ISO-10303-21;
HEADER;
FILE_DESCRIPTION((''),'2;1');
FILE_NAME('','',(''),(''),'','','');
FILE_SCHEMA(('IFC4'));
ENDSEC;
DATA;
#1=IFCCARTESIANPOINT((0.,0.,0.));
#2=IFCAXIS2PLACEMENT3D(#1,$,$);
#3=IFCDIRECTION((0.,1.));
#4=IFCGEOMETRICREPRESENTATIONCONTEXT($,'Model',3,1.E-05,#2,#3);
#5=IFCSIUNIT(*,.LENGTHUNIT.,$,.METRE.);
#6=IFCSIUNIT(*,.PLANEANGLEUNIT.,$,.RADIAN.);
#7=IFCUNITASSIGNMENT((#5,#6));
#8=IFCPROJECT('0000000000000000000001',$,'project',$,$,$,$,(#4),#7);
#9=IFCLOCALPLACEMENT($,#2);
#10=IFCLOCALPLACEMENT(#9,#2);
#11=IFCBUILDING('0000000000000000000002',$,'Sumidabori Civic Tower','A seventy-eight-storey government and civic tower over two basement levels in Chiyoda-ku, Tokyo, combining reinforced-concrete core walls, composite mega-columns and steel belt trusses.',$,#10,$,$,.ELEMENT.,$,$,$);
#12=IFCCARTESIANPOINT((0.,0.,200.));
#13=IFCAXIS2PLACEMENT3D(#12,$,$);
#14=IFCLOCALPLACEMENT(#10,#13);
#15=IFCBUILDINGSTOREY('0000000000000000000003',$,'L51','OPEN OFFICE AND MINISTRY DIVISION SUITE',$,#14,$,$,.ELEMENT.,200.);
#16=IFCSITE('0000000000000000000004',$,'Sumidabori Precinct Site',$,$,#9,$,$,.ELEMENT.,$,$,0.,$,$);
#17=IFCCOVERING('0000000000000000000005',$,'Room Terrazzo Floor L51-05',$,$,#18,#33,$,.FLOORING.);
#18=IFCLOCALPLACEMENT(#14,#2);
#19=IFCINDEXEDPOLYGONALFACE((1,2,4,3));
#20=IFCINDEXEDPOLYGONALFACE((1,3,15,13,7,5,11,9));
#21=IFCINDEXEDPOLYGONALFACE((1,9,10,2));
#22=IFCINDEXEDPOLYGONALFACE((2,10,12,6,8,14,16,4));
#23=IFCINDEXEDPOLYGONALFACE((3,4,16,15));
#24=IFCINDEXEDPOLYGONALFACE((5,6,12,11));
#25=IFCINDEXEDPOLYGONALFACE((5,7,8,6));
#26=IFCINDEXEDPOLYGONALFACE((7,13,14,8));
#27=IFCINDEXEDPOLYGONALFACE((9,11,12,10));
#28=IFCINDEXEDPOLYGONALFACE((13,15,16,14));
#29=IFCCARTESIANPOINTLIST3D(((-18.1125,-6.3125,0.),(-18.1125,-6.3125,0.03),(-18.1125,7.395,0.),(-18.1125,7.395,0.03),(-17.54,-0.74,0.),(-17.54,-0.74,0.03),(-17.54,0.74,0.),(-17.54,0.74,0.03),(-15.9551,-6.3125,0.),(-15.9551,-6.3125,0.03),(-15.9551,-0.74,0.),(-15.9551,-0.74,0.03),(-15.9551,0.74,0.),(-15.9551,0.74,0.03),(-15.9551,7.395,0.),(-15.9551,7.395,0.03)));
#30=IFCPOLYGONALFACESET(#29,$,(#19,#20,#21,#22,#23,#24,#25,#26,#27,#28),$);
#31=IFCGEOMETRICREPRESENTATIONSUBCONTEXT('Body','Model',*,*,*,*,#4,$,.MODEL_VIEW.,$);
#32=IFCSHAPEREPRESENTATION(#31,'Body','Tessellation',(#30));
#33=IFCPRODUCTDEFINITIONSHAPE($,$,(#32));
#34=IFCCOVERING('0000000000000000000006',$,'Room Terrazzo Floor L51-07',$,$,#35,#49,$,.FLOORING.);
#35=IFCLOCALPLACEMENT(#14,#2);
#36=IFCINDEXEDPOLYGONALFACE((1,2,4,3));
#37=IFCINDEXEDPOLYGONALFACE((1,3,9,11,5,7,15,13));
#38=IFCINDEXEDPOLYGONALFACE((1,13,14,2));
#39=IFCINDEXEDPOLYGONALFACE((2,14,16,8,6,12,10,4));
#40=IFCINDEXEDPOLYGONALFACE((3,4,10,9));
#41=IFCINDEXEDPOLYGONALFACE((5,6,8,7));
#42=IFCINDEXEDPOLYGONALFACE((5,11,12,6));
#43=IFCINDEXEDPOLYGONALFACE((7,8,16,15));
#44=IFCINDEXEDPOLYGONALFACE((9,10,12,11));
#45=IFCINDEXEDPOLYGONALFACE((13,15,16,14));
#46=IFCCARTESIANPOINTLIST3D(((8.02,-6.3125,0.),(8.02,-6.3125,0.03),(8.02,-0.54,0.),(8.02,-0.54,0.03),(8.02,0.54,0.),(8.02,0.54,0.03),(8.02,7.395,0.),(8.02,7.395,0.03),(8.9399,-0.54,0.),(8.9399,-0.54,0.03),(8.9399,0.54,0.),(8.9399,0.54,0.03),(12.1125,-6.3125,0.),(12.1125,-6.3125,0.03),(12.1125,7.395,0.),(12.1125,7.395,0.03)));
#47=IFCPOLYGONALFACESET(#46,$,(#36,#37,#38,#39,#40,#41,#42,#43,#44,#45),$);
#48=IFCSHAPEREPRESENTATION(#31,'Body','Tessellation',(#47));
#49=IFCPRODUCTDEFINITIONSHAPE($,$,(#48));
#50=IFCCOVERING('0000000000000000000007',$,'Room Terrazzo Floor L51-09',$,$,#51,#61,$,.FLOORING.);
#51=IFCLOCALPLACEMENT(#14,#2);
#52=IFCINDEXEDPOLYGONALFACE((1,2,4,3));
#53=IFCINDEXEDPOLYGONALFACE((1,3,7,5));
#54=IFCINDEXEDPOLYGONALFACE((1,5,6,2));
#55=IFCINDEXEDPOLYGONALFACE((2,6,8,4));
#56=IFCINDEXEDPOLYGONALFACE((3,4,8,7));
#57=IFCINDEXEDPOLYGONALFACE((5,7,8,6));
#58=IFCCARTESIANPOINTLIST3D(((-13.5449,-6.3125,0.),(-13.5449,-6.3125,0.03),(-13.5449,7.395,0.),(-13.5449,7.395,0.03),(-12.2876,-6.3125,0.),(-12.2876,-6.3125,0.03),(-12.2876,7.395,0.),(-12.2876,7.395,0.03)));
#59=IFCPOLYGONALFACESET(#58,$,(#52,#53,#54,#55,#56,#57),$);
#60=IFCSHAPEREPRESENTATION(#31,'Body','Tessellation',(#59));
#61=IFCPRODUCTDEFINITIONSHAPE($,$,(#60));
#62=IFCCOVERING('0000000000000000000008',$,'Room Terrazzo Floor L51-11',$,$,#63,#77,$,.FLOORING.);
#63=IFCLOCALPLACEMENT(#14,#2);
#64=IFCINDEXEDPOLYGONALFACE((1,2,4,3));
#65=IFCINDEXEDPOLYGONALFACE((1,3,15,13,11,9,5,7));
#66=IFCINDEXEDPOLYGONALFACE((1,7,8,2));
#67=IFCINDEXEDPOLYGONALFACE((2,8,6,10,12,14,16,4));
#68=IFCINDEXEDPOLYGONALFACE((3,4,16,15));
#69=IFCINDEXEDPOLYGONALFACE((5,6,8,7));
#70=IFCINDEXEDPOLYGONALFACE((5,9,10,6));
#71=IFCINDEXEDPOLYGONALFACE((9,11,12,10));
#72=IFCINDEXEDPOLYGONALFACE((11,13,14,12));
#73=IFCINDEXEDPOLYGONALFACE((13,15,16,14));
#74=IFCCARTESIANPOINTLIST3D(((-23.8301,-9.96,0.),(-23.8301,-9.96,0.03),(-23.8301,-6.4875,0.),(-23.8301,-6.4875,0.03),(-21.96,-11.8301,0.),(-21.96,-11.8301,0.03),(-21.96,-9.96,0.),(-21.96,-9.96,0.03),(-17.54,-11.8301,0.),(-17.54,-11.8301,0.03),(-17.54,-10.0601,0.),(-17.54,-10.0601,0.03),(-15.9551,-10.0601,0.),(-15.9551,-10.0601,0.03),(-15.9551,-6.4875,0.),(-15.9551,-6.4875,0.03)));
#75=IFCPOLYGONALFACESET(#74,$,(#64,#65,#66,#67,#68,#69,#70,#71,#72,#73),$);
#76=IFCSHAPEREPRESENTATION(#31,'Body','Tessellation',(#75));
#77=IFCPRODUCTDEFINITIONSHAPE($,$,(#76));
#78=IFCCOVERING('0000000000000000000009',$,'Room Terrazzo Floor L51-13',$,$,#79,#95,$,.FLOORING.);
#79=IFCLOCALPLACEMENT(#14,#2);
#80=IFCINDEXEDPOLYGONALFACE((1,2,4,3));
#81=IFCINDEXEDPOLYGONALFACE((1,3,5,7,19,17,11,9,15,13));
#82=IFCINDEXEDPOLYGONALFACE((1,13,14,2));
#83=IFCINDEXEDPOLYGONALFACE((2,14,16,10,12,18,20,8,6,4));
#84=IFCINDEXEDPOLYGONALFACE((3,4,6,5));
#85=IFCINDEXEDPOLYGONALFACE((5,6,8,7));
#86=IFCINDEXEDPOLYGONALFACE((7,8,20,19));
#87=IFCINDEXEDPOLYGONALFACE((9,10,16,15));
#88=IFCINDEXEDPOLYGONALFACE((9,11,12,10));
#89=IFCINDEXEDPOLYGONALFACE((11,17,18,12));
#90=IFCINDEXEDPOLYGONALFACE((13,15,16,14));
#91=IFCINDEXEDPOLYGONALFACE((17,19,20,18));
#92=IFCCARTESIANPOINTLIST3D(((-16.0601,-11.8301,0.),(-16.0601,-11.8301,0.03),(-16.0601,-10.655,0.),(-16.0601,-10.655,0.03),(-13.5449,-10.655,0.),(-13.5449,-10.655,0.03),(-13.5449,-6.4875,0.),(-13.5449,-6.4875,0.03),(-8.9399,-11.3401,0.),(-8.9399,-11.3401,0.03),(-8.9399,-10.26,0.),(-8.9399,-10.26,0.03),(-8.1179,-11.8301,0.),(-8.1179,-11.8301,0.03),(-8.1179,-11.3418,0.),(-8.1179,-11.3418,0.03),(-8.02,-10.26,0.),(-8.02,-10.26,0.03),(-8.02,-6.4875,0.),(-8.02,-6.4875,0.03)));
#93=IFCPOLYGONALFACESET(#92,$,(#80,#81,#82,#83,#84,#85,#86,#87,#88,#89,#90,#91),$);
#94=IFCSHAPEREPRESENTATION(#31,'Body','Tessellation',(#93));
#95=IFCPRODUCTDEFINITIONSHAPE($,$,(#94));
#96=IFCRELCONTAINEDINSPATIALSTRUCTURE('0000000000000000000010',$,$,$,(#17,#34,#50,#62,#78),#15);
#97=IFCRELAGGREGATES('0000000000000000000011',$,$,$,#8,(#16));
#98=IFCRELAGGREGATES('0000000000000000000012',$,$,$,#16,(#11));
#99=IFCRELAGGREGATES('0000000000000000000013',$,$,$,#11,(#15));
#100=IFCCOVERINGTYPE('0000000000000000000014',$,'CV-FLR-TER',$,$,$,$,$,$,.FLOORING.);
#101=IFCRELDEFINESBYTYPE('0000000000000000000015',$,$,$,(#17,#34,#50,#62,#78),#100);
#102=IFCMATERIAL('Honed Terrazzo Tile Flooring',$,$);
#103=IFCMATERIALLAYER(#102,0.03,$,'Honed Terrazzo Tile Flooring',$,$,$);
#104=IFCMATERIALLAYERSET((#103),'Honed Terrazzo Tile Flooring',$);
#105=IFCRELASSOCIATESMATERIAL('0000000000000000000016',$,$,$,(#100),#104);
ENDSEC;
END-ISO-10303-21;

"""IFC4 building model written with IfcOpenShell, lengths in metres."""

from ifc_helpers import new_model, si_unit, direction, frame, origin, place, context, subcontext, project, spatial, polyline, outline, extrude, material, layer, layer_set, type_object, element, save


model = new_model("IFC4")

# Units and contexts
model_context = context("Model", 3, precision=1e-05, world=origin(), true_north=direction((0.0, 1.0)))
body_context = subcontext(model_context, "Body", "Model", "MODEL_VIEW")
ifc_project = project(units=[si_unit("LENGTHUNIT", "METRE"), si_unit("PLANEANGLEUNIT", "RADIAN")], contexts=[model_context])

# Site, building, storey
site_placement = place(None, origin())
site = spatial("IfcSite", under=ifc_project, at=site_placement, Name="Sumidabori Precinct Site", CompositionType="ELEMENT", RefElevation=0.0)
building_placement = place(site_placement, origin())
building = spatial("IfcBuilding", under=site, at=building_placement, Name="Sumidabori Civic Tower", Description="A seventy-eight-storey government and civic tower over two basement levels in Chiyoda-ku, Tokyo, combining reinforced-concrete core walls, composite mega-columns and steel belt trusses.", CompositionType="ELEMENT")
storey_placement = place(building_placement, frame((0.0, 0.0, 200.0)))
storey = spatial("IfcBuildingStorey", under=building, at=storey_placement, Name="L51", Description="OPEN OFFICE AND MINISTRY DIVISION SUITE", CompositionType="ELEMENT", Elevation=200.0)

# Coverings
ifc_material_1 = material(Name="Honed Terrazzo Tile Flooring")
ifc_layer_1 = layer(ifc_material_1, 0.03, Name="Honed Terrazzo Tile Flooring")
ifc_layer_set_1 = layer_set([ifc_layer_1], Name="Honed Terrazzo Tile Flooring")
covering_type_1 = type_object("IfcCoveringType", Name="CV-FLR-TER", PredefinedType="FLOORING", material=ifc_layer_set_1)
covering_1_placement = place(storey_placement, origin())
element("IfcCovering", 1, at=covering_1_placement, inside=storey, type_object=covering_type_1, Name="Room Terrazzo Floor L51-05", PredefinedType="FLOORING", context=body_context, shape_type="SweptSolid", body=[
    extrude(outline(polyline([(-18.1125, -6.3125), (-18.1125, 7.395), (-15.9551, 7.395), (-15.9551, 0.74), (-17.54, 0.74), (-17.54, -0.74), (-15.9551, -0.74), (-15.9551, -6.3125), (-18.1125, -6.3125)])), origin(), (0.0, 0.0, 1.0), 0.03),
])
covering_2_placement = place(storey_placement, origin())
element("IfcCovering", 2, at=covering_2_placement, inside=storey, type_object=covering_type_1, Name="Room Terrazzo Floor L51-07", PredefinedType="FLOORING", context=body_context, shape_type="SweptSolid", body=[
    extrude(outline(polyline([(8.02, -6.3125), (8.02, -0.54), (8.9399, -0.54), (8.9399, 0.54), (8.02, 0.54), (8.02, 7.395), (12.1125, 7.395), (12.1125, -6.3125), (8.02, -6.3125)])), origin(), (0.0, 0.0, 1.0), 0.03),
])
covering_3_placement = place(storey_placement, origin())
element("IfcCovering", 3, at=covering_3_placement, inside=storey, type_object=covering_type_1, Name="Room Terrazzo Floor L51-09", PredefinedType="FLOORING", context=body_context, shape_type="SweptSolid", body=[
    extrude(outline(polyline([(-13.5449, 7.395), (-12.2876, 7.395), (-12.2876, -6.3125), (-13.5449, -6.3125), (-13.5449, 7.395)])), origin(), (0.0, 0.0, 1.0), 0.03),
])
covering_4_placement = place(storey_placement, origin())
element("IfcCovering", 4, at=covering_4_placement, inside=storey, type_object=covering_type_1, Name="Room Terrazzo Floor L51-11", PredefinedType="FLOORING", context=body_context, shape_type="SweptSolid", body=[
    extrude(outline(polyline([(-23.8301, -6.4875), (-15.9551, -6.4875), (-15.9551, -10.0601), (-17.54, -10.0601), (-17.54, -11.8301), (-21.96, -11.8301), (-21.96, -9.96), (-23.8301, -9.96), (-23.8301, -6.4875)])), origin(), (0.0, 0.0, 1.0), 0.03),
])
covering_5_placement = place(storey_placement, origin())
element("IfcCovering", 5, at=covering_5_placement, inside=storey, type_object=covering_type_1, Name="Room Terrazzo Floor L51-13", PredefinedType="FLOORING", context=body_context, shape_type="SweptSolid", body=[
    extrude(outline(polyline([(-16.0601, -10.655), (-13.5449, -10.655), (-13.5449, -6.4875), (-8.02, -6.4875), (-8.02, -10.26), (-8.9399, -10.26), (-8.9399, -11.3401), (-8.1179, -11.3418), (-8.1179, -11.8301), (-16.0601, -11.8301), (-16.0601, -10.655)])), origin(), (0.0, 0.0, 1.0), 0.03),
])

save(model, "model.ifc")
